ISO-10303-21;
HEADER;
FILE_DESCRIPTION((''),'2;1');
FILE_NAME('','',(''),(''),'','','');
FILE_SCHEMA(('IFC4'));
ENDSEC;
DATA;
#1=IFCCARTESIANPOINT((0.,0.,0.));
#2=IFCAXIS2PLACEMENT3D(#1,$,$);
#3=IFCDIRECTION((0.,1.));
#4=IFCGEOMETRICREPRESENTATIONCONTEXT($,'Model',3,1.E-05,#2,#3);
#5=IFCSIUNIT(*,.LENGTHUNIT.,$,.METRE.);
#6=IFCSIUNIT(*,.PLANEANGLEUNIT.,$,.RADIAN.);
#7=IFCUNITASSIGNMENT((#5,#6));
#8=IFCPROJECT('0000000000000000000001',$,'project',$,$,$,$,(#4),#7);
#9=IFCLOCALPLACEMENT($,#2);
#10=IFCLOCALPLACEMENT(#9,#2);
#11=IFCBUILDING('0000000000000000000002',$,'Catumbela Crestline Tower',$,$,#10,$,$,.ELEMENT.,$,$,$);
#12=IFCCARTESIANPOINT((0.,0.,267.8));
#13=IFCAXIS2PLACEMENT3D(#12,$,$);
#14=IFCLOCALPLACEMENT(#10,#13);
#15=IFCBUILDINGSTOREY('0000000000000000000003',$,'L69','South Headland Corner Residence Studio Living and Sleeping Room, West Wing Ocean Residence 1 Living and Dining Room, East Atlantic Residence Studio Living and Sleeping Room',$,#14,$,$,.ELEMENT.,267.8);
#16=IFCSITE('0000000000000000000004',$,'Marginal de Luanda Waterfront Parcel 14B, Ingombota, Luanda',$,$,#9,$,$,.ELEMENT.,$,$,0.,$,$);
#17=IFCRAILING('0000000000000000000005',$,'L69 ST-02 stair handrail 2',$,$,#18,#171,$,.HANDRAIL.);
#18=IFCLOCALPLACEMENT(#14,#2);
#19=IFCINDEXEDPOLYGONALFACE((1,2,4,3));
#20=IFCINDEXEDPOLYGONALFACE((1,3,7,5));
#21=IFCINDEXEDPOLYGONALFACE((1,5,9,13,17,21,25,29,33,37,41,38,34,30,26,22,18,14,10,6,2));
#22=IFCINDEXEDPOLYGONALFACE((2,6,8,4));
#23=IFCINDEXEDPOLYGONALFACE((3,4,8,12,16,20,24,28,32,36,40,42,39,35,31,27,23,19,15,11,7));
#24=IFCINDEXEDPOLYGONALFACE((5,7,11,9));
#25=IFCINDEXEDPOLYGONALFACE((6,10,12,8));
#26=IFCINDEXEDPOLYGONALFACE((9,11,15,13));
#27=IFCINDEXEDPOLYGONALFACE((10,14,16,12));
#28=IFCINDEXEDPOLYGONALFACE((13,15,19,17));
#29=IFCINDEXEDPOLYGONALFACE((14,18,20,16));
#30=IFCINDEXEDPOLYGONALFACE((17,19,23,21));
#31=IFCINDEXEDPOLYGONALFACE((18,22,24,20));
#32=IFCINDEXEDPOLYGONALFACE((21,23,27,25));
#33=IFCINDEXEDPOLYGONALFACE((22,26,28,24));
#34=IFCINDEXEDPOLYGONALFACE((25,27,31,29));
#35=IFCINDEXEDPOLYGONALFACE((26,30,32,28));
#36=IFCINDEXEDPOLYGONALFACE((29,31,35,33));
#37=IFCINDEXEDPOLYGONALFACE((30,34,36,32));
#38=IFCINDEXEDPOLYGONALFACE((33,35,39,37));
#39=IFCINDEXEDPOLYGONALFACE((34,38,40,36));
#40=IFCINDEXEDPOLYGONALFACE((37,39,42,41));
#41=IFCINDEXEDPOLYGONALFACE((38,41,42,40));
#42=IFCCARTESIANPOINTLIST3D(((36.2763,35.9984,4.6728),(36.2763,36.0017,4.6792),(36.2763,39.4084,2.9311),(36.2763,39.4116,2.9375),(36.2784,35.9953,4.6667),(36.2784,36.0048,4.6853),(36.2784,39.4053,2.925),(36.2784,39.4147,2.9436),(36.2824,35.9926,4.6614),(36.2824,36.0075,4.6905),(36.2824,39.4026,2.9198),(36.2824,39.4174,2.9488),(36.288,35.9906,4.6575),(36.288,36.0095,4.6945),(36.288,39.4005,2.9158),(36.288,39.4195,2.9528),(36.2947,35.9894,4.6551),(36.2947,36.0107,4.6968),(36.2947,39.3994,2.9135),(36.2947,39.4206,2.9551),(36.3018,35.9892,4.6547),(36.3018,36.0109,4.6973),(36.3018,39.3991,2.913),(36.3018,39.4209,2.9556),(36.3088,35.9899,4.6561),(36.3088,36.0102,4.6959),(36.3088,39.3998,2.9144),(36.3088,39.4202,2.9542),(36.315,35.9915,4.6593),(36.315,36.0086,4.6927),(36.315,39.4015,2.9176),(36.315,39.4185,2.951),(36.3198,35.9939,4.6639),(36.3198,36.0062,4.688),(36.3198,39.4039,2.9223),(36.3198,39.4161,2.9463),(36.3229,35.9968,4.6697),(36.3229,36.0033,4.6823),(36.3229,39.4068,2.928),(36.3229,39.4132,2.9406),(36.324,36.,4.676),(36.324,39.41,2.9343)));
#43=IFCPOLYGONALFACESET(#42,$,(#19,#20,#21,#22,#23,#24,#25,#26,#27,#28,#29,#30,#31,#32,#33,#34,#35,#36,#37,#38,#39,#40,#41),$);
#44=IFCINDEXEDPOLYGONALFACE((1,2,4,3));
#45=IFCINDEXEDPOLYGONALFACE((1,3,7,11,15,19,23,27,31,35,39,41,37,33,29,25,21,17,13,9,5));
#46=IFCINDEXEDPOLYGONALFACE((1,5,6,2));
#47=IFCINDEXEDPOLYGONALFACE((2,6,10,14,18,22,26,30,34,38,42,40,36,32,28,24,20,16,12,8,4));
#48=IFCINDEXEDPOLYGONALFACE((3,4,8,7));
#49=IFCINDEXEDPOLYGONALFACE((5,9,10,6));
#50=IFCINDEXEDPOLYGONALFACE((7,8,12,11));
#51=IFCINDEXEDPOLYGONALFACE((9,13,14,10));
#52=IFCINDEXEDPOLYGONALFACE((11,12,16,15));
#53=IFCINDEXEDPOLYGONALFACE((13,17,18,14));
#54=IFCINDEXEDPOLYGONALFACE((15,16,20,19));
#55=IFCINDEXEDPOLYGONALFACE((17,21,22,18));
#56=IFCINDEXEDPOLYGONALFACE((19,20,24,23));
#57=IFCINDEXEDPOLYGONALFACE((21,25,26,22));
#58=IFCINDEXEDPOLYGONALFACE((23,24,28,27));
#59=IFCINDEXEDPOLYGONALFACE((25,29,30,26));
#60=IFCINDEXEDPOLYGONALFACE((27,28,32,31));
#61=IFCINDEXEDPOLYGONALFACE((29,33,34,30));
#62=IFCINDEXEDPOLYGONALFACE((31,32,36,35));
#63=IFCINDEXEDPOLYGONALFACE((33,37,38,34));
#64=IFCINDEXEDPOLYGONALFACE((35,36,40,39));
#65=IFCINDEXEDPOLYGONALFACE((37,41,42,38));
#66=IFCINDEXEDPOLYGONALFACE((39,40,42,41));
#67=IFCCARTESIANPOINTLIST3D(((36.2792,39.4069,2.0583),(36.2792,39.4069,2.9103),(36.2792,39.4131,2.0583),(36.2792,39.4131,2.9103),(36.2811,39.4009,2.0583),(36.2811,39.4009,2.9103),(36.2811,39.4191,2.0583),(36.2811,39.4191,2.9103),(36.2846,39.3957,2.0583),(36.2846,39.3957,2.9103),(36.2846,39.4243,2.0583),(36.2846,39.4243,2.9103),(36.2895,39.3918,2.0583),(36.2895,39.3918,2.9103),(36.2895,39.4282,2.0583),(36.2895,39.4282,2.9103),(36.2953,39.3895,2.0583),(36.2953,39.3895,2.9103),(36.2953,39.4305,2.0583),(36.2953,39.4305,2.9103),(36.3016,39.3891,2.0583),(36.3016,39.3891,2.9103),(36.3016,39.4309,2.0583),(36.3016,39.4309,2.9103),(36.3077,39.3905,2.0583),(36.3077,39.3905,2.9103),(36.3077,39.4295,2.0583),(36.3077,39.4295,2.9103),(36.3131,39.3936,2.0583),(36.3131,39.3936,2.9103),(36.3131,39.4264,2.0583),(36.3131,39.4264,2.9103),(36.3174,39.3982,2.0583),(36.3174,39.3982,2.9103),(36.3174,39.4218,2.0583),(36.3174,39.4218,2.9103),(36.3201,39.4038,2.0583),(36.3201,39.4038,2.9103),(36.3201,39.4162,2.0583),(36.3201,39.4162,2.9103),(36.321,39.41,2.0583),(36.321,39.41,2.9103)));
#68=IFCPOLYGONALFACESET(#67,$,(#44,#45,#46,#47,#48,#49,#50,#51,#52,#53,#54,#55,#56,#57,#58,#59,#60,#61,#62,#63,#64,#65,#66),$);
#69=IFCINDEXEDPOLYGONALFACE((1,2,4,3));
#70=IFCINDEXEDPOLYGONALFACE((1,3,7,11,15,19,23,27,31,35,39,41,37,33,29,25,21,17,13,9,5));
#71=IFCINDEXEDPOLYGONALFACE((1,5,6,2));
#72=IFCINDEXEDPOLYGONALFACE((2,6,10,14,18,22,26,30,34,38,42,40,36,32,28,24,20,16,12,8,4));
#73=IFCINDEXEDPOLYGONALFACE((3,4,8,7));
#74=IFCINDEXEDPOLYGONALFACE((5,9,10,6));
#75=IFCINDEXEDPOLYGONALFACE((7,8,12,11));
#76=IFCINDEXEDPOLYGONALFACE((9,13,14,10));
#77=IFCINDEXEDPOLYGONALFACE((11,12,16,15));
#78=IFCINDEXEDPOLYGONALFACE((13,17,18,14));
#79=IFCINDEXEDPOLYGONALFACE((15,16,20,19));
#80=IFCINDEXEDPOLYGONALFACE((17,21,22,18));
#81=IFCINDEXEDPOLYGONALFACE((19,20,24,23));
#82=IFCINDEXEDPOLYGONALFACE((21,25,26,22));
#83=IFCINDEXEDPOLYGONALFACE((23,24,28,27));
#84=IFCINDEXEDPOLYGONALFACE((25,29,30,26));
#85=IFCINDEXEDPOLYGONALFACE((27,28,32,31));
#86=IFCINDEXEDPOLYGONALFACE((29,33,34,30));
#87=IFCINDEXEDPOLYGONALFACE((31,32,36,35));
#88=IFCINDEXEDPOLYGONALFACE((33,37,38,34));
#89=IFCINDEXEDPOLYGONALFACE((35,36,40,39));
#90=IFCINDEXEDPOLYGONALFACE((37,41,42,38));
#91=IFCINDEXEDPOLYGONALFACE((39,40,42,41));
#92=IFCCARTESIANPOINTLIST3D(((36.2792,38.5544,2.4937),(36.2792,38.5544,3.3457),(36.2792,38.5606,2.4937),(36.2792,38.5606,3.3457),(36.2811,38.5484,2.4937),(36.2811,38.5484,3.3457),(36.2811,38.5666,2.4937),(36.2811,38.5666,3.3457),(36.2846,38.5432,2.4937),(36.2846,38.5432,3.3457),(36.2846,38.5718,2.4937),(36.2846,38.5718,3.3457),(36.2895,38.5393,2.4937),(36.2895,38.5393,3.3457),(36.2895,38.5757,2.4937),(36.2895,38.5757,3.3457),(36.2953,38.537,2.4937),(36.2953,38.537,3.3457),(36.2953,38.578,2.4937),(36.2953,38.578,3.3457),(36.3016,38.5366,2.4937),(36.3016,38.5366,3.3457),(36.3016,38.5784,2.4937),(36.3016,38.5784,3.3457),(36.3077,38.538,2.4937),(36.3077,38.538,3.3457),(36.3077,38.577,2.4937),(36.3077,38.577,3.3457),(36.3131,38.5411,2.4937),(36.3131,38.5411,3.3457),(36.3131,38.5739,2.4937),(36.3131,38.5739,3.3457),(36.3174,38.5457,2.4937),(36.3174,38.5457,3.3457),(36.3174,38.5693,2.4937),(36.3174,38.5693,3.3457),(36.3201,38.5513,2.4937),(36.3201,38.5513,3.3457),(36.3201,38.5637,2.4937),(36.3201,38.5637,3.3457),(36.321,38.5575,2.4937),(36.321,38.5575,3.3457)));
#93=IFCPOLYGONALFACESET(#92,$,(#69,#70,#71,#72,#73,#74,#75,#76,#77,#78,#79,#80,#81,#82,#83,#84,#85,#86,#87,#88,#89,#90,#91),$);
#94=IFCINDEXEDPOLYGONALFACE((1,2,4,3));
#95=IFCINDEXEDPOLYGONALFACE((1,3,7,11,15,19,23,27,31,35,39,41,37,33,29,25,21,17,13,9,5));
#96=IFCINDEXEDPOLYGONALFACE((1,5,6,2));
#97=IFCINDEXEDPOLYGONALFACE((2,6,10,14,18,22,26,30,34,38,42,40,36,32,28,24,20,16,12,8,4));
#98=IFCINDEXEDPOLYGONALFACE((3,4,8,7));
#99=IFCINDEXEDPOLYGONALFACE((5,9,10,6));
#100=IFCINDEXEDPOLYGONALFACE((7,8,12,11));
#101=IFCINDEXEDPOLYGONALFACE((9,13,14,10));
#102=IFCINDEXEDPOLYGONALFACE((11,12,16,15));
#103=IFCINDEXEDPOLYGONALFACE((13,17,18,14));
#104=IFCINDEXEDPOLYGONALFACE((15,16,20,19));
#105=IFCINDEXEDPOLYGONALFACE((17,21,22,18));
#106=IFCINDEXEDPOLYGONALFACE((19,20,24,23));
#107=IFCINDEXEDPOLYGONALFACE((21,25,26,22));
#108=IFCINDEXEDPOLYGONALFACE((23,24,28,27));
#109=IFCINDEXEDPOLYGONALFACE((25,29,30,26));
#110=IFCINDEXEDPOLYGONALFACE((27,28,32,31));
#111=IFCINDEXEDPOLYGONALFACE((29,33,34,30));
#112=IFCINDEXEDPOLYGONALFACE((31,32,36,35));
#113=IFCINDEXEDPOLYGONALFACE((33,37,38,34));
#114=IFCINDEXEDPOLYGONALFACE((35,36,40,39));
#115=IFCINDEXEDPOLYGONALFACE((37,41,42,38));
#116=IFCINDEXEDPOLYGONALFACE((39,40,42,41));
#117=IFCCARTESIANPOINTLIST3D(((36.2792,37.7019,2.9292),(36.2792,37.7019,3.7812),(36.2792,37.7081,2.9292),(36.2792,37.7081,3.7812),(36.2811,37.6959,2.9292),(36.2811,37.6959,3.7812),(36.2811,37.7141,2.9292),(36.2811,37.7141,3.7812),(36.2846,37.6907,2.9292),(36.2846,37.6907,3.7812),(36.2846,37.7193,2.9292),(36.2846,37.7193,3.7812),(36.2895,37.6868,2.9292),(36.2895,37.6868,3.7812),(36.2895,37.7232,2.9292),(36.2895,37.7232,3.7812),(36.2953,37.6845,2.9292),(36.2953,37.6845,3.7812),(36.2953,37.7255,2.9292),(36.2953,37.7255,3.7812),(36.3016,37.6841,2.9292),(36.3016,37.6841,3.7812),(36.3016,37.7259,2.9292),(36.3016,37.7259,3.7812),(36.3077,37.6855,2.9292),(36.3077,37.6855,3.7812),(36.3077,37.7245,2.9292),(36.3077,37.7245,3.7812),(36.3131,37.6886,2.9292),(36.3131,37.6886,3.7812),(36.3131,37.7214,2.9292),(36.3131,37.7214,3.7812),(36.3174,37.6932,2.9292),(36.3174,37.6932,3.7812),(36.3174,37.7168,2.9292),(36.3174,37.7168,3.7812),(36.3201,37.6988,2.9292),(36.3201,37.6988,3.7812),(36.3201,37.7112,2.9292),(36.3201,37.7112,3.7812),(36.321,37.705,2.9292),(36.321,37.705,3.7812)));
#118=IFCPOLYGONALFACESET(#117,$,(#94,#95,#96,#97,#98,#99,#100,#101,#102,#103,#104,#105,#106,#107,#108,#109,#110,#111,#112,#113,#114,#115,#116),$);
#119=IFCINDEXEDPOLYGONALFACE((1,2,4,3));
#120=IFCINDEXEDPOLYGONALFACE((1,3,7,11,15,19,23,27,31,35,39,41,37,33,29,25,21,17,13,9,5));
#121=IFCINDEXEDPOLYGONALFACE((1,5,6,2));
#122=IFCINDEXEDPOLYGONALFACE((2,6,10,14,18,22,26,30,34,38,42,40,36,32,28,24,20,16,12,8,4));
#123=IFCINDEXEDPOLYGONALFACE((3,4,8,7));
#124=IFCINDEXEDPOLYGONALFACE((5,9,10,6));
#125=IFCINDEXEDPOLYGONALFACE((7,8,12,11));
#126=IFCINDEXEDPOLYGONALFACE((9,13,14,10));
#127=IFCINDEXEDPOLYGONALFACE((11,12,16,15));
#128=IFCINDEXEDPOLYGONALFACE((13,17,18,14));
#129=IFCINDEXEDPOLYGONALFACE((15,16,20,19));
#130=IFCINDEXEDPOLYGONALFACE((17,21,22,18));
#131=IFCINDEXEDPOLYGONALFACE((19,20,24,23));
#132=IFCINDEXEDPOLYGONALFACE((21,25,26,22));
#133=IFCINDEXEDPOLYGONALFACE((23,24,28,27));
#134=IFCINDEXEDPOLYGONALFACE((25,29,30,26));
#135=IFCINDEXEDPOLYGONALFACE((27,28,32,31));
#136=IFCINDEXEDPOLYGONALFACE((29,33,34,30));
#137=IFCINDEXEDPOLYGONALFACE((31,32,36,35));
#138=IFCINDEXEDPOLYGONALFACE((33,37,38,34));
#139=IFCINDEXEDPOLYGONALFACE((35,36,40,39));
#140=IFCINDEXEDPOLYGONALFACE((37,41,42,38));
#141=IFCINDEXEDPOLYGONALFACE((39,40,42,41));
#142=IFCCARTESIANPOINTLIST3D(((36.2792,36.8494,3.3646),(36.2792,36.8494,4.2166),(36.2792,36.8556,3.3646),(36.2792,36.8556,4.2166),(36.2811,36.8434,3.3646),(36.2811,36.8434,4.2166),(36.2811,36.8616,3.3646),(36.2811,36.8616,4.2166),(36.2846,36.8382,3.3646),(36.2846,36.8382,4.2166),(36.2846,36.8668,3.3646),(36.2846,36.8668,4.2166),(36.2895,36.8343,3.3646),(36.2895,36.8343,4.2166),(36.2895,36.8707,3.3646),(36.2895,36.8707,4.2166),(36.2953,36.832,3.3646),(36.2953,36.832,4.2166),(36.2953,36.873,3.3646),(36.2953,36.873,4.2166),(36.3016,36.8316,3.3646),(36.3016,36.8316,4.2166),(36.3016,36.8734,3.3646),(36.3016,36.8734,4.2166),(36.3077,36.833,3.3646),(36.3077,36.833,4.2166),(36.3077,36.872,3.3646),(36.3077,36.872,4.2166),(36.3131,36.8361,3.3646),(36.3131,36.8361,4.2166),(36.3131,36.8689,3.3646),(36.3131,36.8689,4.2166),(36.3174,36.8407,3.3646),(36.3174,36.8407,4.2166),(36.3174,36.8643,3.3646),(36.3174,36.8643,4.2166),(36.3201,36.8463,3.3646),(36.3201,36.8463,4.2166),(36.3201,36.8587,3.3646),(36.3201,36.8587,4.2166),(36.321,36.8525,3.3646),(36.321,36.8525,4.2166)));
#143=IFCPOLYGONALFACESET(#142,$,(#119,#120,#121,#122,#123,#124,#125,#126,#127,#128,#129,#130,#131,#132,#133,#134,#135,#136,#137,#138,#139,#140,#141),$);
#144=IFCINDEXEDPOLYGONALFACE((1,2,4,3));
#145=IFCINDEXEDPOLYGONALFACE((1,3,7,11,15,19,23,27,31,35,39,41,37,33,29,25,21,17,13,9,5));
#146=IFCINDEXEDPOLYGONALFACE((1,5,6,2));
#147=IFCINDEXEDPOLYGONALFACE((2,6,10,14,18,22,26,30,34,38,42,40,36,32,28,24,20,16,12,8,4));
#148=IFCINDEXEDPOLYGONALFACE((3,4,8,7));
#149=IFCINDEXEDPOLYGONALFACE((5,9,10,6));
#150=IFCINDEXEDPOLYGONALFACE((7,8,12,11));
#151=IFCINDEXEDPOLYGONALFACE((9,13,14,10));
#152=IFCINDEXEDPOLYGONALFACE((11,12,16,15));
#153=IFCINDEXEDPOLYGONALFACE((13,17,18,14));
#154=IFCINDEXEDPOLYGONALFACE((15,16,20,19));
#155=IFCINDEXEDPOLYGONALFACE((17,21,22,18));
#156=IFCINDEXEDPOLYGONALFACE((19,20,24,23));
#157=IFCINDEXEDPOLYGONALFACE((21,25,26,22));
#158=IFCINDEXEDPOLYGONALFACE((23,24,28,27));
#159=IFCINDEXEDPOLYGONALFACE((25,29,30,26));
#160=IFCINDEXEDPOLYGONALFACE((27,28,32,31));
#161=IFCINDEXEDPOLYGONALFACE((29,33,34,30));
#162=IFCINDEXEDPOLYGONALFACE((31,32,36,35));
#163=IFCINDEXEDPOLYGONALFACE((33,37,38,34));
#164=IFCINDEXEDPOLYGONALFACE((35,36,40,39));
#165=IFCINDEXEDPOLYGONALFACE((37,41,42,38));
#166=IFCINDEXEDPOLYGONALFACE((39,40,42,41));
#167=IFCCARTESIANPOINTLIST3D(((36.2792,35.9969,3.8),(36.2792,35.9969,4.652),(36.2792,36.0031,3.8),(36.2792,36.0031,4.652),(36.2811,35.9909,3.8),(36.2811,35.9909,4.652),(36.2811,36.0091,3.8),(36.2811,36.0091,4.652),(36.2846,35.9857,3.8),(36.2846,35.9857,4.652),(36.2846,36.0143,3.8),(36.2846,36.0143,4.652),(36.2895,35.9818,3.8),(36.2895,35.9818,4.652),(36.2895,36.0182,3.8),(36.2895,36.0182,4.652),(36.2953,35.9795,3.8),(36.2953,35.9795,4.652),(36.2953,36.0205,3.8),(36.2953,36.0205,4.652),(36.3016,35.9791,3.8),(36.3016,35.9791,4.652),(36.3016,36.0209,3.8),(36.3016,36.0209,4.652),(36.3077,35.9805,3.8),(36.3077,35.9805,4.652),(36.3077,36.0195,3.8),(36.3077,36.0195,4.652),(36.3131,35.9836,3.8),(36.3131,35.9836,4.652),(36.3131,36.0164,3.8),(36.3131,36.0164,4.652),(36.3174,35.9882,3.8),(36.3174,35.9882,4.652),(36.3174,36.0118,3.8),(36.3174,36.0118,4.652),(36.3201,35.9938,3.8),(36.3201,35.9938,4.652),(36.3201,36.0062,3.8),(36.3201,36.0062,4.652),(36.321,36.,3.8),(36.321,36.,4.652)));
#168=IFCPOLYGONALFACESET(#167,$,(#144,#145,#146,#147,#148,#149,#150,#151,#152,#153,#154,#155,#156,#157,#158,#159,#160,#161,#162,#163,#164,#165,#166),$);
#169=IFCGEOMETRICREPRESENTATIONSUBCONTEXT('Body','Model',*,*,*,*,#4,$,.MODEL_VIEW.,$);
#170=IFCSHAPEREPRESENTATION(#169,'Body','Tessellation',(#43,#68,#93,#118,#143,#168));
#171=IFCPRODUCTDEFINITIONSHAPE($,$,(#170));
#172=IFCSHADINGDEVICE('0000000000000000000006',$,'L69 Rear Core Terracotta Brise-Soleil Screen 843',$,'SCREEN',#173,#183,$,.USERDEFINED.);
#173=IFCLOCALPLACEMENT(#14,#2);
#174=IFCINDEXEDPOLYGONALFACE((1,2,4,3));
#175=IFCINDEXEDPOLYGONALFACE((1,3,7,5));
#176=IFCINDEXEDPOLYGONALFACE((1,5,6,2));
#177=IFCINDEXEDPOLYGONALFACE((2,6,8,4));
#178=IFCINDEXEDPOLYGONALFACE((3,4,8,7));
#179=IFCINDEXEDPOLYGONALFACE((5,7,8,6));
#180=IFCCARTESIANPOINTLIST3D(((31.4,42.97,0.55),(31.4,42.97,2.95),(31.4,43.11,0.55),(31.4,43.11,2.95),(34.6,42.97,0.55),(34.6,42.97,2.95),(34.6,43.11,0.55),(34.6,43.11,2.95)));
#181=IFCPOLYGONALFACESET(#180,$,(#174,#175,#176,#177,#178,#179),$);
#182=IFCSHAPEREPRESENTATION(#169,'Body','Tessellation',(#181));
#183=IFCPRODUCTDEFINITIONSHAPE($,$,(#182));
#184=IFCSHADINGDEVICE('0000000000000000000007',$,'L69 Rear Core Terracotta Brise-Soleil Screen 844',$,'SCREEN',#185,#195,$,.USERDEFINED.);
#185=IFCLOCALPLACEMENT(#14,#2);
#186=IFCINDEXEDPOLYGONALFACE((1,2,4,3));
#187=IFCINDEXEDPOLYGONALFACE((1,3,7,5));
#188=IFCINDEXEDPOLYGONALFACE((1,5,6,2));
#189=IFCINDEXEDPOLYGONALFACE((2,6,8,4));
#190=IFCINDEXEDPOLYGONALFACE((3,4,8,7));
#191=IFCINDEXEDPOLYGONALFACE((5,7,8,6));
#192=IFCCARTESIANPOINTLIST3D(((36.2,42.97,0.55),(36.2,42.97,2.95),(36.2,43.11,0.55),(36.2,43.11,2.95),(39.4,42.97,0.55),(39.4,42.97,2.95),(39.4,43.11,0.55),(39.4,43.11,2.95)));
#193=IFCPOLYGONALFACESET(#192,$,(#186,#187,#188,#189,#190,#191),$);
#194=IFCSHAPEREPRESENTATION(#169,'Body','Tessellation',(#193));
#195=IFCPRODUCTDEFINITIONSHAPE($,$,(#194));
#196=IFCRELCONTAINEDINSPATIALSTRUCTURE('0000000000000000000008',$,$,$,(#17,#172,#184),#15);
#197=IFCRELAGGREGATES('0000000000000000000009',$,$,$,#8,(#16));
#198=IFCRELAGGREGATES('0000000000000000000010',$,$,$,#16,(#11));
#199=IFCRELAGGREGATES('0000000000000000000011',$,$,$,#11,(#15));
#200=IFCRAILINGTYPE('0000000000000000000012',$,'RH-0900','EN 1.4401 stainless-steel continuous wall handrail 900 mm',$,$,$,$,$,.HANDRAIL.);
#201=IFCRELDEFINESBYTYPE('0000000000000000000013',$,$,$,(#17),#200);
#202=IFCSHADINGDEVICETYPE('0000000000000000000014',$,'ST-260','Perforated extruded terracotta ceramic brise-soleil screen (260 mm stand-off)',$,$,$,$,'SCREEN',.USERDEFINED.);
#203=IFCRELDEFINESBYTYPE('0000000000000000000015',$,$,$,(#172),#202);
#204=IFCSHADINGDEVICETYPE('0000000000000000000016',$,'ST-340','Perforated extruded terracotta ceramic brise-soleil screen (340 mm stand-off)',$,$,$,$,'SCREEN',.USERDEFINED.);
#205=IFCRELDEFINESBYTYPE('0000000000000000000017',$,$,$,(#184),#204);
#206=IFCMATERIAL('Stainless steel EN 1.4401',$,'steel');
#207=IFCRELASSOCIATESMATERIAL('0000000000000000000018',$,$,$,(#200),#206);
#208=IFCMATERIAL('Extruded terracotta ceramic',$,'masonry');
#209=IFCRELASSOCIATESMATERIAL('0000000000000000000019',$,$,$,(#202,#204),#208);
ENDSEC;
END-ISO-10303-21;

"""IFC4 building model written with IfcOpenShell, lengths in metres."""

from ifc_helpers import new_model, si_unit, direction, frame, origin, origin_2d, place, context, subcontext, project, spatial, rectangle, circle, extrude, material, type_object, element, save


model = new_model("IFC4")

# Units and contexts
model_context = context("Model", 3, precision=1e-05, world=origin(), true_north=direction((0.0, 1.0)))
body_context = subcontext(model_context, "Body", "Model", "MODEL_VIEW")
ifc_project = project(units=[si_unit("LENGTHUNIT", "METRE"), si_unit("PLANEANGLEUNIT", "RADIAN")], contexts=[model_context])

# Site, building, storey
site_placement = place(None, origin())
site = spatial("IfcSite", under=ifc_project, at=site_placement, Name="Marginal de Luanda Waterfront Parcel 14B, Ingombota, Luanda", CompositionType="ELEMENT", RefElevation=0.0)
building_placement = place(site_placement, origin())
building = spatial("IfcBuilding", under=site, at=building_placement, Name="Catumbela Crestline Tower", CompositionType="ELEMENT")
storey_placement = place(building_placement, frame((0.0, 0.0, 267.8)))
storey = spatial("IfcBuildingStorey", under=building, at=storey_placement, Name="L69", Description="South Headland Corner Residence Studio Living and Sleeping Room, West Wing Ocean Residence 1 Living and Dining Room, East Atlantic Residence Studio Living and Sleeping Room", CompositionType="ELEMENT", Elevation=267.8)

# Shared definitions
ifc_material_1 = material(Name="Stainless steel EN 1.4401", Category="steel")

# Railing
railing_type_1 = type_object("IfcRailingType", Name="RH-0900", Description="EN 1.4401 stainless-steel continuous wall handrail 900 mm", PredefinedType="HANDRAIL", material=ifc_material_1)
railing_1_placement = place(storey_placement, frame((36.3, 39.41, 2.0583)))
element("IfcRailing", 1, at=railing_1_placement, inside=storey, type_object=railing_type_1, Name="L69 ST-02 stair handrail 2", PredefinedType="HANDRAIL", context=body_context, shape_type="SweptSolid", body=[
    extrude(circle(Radius=0.024, at=origin_2d()), frame((0.0, 0.0, 0.876), z_axis=(0.0, -0.89056, 0.454865), x_axis=(1.0, 0.0, 0.0)), (0.0, 0.0, 1.0), 3.829),
    extrude(circle(Radius=0.021, at=origin_2d()), origin(), (0.0, 0.0, 1.0), 0.852),
    extrude(circle(Radius=0.021, at=origin_2d()), frame((0.0, -0.8525, 0.4354)), (0.0, 0.0, 1.0), 0.852),
    extrude(circle(Radius=0.021, at=origin_2d()), frame((0.0, -1.705, 0.8709)), (0.0, 0.0, 1.0), 0.852),
    extrude(circle(Radius=0.021, at=origin_2d()), frame((0.0, -2.5575, 1.3063)), (0.0, 0.0, 1.0), 0.852),
    extrude(circle(Radius=0.021, at=origin_2d()), frame((0.0, -3.41, 1.7417)), (0.0, 0.0, 1.0), 0.852),
])

# Shading devices
ifc_material_2 = material(Name="Extruded terracotta ceramic", Category="masonry")
shading_device_type_1 = type_object("IfcShadingDeviceType", Name="ST-260", Description="Perforated extruded terracotta ceramic brise-soleil screen (260 mm stand-off)", ElementType="SCREEN", PredefinedType="USERDEFINED", material=ifc_material_2)
shading_device_1_placement = place(storey_placement, frame((33.0, 43.04, 0.55), z_axis=(0.0, 0.0, 1.0), x_axis=(1.0, 0.0, 0.0)))
element("IfcShadingDevice", 2, at=shading_device_1_placement, inside=storey, type_object=shading_device_type_1, Name="L69 Rear Core Terracotta Brise-Soleil Screen 843", ObjectType="SCREEN", PredefinedType="USERDEFINED", context=body_context, shape_type="SweptSolid", body=[
    extrude(rectangle(XDim=3.2, YDim=0.14, at=origin_2d()), origin(), (0.0, 0.0, 1.0), 2.4),
])
shading_device_type_2 = type_object("IfcShadingDeviceType", Name="ST-340", Description="Perforated extruded terracotta ceramic brise-soleil screen (340 mm stand-off)", ElementType="SCREEN", PredefinedType="USERDEFINED", material=ifc_material_2)
shading_device_2_placement = place(storey_placement, frame((37.8, 43.04, 0.55), z_axis=(0.0, 0.0, 1.0), x_axis=(1.0, 0.0, 0.0)))
element("IfcShadingDevice", 3, at=shading_device_2_placement, inside=storey, type_object=shading_device_type_2, Name="L69 Rear Core Terracotta Brise-Soleil Screen 844", ObjectType="SCREEN", PredefinedType="USERDEFINED", context=body_context, shape_type="SweptSolid", body=[
    extrude(rectangle(XDim=3.2, YDim=0.14, at=origin_2d()), origin(), (0.0, 0.0, 1.0), 2.4),
])

save(model, "model.ifc")
